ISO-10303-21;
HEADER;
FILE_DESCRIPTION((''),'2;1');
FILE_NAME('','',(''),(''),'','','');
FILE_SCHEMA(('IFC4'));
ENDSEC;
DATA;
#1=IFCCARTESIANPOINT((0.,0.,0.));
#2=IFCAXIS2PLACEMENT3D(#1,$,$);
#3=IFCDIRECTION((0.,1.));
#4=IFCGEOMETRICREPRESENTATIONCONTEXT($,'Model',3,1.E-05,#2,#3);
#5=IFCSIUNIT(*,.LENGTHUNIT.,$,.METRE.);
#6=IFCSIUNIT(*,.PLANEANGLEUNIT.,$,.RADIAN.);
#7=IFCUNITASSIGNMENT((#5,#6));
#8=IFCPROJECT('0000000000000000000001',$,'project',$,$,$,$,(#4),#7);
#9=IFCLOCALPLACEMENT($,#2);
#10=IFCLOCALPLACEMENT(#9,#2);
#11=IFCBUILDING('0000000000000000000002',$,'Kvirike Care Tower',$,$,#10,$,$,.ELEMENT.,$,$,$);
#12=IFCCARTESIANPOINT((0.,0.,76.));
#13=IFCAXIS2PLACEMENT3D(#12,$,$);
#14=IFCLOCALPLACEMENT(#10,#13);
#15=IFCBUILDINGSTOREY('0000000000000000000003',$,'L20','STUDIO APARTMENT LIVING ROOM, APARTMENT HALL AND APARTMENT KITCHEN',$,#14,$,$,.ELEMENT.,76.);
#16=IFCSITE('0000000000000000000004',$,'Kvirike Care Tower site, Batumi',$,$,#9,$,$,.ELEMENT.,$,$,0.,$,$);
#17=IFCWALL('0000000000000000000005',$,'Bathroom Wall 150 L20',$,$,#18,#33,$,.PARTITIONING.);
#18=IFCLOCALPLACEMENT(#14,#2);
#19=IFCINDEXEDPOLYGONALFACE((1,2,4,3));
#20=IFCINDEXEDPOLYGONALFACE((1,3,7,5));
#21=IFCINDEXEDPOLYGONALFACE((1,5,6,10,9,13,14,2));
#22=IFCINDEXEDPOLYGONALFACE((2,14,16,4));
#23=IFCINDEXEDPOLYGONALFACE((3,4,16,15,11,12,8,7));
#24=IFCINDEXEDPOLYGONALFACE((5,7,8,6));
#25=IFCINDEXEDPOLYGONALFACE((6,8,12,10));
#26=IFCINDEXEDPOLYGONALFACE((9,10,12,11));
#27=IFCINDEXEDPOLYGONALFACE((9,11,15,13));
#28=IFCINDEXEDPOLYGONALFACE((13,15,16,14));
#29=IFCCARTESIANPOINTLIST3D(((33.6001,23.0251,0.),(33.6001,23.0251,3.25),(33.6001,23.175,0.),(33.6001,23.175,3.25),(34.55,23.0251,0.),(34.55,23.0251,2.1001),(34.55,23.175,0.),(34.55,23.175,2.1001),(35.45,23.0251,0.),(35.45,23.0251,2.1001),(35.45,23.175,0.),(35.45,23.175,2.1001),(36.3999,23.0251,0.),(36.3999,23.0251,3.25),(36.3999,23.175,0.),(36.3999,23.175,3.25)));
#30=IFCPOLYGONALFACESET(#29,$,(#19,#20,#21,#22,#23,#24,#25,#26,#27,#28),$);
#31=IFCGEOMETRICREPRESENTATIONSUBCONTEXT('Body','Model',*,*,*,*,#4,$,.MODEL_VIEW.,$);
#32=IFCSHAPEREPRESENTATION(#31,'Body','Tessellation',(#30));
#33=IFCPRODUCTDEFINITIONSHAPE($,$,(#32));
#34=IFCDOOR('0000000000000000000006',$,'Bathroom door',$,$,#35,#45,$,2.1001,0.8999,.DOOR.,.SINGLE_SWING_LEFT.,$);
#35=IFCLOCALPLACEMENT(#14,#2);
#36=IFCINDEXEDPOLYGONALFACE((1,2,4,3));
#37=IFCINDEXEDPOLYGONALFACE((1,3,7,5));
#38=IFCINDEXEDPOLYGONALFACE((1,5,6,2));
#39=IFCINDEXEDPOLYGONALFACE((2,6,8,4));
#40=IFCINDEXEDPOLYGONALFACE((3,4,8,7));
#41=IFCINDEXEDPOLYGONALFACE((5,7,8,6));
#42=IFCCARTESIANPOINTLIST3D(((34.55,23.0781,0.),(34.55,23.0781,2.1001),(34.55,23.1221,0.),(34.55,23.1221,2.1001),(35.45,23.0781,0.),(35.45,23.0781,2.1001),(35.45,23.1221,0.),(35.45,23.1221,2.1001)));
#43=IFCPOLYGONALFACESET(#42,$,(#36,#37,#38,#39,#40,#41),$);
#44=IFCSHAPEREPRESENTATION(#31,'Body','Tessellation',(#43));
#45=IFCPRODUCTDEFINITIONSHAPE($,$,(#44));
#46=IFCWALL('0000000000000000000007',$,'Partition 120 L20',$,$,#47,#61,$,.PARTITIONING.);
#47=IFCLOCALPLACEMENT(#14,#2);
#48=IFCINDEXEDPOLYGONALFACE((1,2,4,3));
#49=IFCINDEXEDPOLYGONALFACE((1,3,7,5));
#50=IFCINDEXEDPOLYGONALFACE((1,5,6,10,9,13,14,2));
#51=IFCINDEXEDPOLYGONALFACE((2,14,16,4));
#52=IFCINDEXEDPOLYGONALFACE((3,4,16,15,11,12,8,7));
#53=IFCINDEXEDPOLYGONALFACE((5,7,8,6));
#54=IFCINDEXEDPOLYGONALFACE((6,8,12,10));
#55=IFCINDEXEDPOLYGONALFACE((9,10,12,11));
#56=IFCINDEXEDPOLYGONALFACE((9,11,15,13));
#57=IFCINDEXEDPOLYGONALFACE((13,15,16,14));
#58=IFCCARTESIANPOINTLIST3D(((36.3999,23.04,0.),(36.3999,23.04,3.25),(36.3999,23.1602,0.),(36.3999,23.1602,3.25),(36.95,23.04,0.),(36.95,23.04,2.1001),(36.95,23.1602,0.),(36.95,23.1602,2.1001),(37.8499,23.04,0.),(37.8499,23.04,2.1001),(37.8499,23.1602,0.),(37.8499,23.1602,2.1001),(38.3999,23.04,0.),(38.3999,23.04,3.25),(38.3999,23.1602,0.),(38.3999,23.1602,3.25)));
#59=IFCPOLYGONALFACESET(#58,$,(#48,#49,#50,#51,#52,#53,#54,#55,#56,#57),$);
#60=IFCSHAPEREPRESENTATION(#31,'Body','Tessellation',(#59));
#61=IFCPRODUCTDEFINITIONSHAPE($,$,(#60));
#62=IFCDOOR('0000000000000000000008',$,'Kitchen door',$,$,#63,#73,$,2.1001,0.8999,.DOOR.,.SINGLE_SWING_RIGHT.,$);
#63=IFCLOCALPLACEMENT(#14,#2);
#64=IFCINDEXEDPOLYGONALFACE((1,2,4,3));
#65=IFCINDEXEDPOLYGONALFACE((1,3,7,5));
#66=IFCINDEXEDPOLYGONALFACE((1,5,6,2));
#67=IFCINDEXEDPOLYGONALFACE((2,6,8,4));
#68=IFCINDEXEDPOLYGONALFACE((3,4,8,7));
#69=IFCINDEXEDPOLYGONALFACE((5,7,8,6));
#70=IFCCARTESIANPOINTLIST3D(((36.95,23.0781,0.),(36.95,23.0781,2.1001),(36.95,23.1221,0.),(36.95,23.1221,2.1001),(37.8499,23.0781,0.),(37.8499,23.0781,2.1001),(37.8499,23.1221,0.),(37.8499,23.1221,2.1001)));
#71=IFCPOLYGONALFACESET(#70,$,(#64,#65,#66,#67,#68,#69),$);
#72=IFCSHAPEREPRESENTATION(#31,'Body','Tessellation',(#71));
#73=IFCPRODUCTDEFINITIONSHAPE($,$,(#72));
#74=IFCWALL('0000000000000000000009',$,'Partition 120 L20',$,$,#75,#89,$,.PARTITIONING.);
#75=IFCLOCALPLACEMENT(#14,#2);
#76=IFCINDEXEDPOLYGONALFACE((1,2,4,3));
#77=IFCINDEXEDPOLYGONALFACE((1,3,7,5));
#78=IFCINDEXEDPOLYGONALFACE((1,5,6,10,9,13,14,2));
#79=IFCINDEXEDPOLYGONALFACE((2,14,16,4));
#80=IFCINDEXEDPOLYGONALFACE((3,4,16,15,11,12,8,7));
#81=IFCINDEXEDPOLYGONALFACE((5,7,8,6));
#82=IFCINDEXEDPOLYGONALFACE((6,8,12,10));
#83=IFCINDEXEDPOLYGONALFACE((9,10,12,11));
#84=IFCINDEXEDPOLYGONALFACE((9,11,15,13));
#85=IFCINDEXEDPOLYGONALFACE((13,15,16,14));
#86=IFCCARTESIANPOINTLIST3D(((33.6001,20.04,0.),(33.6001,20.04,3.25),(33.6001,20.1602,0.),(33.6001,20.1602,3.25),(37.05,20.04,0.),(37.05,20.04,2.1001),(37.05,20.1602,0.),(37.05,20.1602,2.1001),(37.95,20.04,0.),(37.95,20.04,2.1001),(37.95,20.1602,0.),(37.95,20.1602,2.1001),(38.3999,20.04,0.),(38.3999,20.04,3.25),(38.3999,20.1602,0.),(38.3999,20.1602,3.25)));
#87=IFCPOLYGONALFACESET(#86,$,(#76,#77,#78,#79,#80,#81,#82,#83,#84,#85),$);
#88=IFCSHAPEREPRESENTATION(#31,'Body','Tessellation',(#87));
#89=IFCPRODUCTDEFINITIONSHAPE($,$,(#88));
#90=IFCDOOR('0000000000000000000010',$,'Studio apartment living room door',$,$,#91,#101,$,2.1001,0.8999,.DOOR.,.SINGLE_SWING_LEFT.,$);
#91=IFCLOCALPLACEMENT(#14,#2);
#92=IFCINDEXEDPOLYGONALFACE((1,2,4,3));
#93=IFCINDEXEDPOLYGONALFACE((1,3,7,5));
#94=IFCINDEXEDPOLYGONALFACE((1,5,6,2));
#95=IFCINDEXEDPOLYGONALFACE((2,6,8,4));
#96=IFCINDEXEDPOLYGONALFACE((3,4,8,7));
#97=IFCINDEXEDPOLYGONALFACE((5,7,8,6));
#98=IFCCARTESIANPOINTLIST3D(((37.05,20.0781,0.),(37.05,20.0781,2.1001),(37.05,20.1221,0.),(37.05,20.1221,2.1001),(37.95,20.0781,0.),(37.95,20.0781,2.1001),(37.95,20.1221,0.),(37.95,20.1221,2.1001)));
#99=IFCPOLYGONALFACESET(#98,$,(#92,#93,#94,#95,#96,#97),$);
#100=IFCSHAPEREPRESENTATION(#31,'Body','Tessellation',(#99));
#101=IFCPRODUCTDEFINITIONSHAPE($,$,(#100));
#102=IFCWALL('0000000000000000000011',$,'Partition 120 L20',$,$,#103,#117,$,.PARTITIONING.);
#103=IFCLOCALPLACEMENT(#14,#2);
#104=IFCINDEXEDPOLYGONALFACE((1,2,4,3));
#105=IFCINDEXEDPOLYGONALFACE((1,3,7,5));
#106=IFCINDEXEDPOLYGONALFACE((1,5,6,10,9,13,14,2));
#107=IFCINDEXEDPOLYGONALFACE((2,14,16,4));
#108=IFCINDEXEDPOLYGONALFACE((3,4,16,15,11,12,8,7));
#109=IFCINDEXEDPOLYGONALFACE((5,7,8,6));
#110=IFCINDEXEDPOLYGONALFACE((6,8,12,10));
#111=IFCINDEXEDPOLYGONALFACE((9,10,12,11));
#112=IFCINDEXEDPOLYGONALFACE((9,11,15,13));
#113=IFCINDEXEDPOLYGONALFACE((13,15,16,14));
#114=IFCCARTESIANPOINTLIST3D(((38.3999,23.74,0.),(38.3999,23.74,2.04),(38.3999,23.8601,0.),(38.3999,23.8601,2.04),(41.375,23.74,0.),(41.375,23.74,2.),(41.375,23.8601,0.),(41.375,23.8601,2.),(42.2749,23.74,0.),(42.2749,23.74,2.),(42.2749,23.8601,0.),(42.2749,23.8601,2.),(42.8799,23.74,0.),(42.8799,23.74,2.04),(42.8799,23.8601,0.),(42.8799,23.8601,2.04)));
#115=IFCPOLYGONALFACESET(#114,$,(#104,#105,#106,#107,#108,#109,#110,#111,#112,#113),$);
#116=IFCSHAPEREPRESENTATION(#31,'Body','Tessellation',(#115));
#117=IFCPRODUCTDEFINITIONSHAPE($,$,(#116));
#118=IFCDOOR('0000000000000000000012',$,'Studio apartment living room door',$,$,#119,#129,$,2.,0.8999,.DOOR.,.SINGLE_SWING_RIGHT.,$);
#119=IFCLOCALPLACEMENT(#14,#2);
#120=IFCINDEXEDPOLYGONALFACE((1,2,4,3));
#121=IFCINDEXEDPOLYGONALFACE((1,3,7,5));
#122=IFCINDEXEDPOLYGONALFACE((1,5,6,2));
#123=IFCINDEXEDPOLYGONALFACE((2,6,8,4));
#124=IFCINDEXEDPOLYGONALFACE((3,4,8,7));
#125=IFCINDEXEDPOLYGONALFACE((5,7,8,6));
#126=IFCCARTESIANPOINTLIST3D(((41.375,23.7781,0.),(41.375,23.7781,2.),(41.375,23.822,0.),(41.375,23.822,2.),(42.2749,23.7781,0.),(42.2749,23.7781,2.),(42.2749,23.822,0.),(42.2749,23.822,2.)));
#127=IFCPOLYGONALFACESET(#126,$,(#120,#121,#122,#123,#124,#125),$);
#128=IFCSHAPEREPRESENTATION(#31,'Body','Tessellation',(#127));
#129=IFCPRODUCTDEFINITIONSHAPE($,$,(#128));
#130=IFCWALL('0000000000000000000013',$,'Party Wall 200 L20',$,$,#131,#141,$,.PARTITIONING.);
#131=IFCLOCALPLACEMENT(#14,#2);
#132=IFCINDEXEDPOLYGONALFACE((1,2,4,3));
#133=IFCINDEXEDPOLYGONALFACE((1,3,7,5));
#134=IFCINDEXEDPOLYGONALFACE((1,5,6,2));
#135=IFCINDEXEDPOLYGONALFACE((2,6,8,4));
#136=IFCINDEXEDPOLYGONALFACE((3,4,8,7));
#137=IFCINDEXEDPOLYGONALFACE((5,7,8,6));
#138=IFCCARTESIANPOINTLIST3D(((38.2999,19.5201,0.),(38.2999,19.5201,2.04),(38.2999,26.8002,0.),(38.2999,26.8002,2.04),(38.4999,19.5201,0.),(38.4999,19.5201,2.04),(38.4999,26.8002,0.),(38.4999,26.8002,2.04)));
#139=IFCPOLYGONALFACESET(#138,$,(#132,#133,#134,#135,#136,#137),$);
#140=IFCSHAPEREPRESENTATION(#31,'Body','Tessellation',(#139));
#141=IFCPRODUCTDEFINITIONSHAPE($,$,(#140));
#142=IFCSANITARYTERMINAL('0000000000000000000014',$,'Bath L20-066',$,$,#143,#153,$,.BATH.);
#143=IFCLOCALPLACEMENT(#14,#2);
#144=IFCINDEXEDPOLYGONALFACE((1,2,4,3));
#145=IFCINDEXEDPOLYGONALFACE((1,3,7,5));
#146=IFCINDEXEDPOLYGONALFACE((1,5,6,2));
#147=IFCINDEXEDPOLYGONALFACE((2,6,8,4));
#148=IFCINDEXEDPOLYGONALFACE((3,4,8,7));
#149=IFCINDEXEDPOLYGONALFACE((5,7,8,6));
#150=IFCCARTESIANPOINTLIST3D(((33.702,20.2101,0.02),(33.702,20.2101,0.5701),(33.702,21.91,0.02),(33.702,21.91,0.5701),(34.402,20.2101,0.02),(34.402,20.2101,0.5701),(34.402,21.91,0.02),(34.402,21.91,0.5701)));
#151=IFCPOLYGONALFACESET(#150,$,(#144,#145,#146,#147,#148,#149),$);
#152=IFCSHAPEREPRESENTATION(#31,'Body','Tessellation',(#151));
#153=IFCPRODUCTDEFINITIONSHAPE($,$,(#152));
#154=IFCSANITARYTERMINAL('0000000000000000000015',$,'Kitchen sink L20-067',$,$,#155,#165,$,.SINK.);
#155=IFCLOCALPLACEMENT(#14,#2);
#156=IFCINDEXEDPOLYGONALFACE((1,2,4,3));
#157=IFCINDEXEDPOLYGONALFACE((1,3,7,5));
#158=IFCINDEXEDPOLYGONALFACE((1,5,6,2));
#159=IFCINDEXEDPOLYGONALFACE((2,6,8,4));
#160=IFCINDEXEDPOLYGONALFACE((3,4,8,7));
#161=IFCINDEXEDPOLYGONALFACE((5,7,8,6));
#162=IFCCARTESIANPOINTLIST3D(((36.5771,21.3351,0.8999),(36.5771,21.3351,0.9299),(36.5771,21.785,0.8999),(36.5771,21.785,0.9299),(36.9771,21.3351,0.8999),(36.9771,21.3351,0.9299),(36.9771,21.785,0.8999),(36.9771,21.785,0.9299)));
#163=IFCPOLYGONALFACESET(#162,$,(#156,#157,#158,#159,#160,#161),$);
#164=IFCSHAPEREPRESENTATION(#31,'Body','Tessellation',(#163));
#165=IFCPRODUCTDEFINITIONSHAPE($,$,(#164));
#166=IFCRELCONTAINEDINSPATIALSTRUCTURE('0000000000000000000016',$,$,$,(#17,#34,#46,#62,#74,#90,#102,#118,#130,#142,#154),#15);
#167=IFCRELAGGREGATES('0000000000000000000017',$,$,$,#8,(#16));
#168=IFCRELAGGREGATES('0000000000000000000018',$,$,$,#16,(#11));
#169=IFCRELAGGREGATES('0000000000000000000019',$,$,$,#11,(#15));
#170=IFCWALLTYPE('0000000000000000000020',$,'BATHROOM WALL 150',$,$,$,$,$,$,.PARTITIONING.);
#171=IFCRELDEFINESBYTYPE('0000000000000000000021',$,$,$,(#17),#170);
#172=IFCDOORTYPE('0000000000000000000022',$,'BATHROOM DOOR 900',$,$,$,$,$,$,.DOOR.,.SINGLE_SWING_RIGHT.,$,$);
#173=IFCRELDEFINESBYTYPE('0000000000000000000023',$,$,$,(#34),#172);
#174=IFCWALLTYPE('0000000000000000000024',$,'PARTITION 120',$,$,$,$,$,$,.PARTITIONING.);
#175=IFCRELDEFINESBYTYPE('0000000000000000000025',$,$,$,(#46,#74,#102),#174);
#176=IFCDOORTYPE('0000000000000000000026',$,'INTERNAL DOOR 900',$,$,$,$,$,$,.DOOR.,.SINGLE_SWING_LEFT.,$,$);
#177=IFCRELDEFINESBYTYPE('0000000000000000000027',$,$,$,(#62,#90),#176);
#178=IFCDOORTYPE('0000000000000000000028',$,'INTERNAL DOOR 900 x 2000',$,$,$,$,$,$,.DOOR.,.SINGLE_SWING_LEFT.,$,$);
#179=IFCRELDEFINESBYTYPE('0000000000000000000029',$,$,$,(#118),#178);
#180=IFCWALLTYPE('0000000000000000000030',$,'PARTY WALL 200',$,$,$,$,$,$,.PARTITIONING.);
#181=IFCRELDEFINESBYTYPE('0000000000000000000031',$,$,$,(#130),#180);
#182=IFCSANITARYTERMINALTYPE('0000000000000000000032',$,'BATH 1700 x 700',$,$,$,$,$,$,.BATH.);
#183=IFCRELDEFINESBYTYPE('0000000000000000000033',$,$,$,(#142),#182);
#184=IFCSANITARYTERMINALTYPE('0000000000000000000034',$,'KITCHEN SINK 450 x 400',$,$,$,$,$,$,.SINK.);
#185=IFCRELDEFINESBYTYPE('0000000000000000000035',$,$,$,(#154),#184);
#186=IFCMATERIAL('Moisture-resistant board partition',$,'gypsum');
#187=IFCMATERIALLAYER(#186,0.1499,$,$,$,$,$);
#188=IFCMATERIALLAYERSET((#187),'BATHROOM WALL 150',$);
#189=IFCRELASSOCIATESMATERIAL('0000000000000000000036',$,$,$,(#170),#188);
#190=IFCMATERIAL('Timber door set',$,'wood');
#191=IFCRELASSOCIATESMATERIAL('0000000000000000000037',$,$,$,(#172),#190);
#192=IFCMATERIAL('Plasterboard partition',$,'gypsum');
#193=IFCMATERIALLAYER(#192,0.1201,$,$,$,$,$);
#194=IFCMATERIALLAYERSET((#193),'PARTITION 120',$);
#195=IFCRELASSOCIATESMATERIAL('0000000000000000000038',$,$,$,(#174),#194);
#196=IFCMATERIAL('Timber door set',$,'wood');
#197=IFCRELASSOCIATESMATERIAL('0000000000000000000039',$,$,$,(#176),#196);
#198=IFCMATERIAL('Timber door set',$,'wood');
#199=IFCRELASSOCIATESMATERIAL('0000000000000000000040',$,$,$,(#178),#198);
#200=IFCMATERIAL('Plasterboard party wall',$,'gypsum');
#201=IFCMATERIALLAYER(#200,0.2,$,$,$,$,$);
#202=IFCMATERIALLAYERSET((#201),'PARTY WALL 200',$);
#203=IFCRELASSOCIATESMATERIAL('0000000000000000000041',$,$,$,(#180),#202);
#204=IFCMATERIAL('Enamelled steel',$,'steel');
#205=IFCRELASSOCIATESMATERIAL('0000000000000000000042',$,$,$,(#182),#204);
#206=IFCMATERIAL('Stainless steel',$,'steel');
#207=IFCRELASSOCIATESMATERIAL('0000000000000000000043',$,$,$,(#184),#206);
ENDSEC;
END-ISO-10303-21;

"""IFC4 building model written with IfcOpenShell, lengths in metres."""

from ifc_helpers import new_model, si_unit, direction, frame, frame_2d, origin, origin_2d, place, context, subcontext, project, spatial, rectangle, extrude, material, layer, layer_set, type_object, element, fill, save


model = new_model("IFC4")

# Units and contexts
model_context = context("Model", 3, precision=1e-05, world=origin(), true_north=direction((0.0, 1.0)))
body_context = subcontext(model_context, "Body", "Model", "MODEL_VIEW")
ifc_project = project(units=[si_unit("LENGTHUNIT", "METRE"), si_unit("PLANEANGLEUNIT", "RADIAN")], contexts=[model_context])

# Site, building, storey
site_placement = place(None, origin())
site = spatial("IfcSite", under=ifc_project, at=site_placement, Name="Kvirike Care Tower site, Batumi", CompositionType="ELEMENT", RefElevation=0.0)
building_placement = place(site_placement, origin())
building = spatial("IfcBuilding", under=site, at=building_placement, Name="Kvirike Care Tower", CompositionType="ELEMENT")
storey_placement = place(building_placement, frame((0.0, 0.0, 76.0)))
storey = spatial("IfcBuildingStorey", under=building, at=storey_placement, Name="L20", Description="STUDIO APARTMENT LIVING ROOM, APARTMENT HALL AND APARTMENT KITCHEN", CompositionType="ELEMENT", Elevation=76.0)

# Shared definitions
ifc_material_1 = material(Name="Moisture-resistant board partition", Category="gypsum")
ifc_layer_1 = layer(ifc_material_1, 0.1499)
ifc_layer_set_1 = layer_set([ifc_layer_1], Name="BATHROOM WALL 150")
wall_type_1 = type_object("IfcWallType", Name="BATHROOM WALL 150", PredefinedType="PARTITIONING", material=ifc_layer_set_1)

# Walls, openings, doors
wall_1_placement = place(storey_placement, frame((33.6001, 23.1001, 0.0), z_axis=(0.0, 0.0, 1.0), x_axis=(1.0, 0.0, 0.0)))
wall_1 = element("IfcWall", 1, at=wall_1_placement, inside=storey, type_object=wall_type_1, Name="Bathroom Wall 150 L20", PredefinedType="PARTITIONING", context=body_context, shape_type="SweptSolid", body=[
    extrude(rectangle(XDim=2.7998, YDim=0.1499, at=frame_2d((1.3999, 0.0))), origin(), (0.0, 0.0, 1.0), 3.25),
])
opening_1_placement = place(wall_1_placement, frame((0.95, 0.0, 0.0)))
opening_1 = element("IfcOpeningElement", 2, at=opening_1_placement, cuts=wall_1, PredefinedType="OPENING", context=body_context, shape_type="SweptSolid", body=[
    extrude(rectangle(XDim=0.8999, YDim=2.1001, at=frame_2d((0.45, 1.05))), frame((0.0, 0.0854, 0.0), z_axis=(0.0, -1.0, 0.0), x_axis=(1.0, 0.0, 0.0)), (0.0, 0.0, 1.0), 0.1709),
])
ifc_material_2 = material(Name="Timber door set", Category="wood")
door_type_1 = type_object("IfcDoorType", Name="BATHROOM DOOR 900", OperationType="SINGLE_SWING_RIGHT", PredefinedType="DOOR", material=ifc_material_2)
door_1_placement = place(opening_1_placement, frame((0.8999, 0.0, 0.0), z_axis=(0.0, 0.0, 1.0), x_axis=(-1.0, 0.0, 0.0)))
door_1 = element("IfcDoor", 3, at=door_1_placement, inside=storey, type_object=door_type_1, Name="Bathroom door", OperationType="SINGLE_SWING_LEFT", OverallHeight=2.1001, OverallWidth=0.8999, PredefinedType="DOOR", context=body_context, shape_type="SweptSolid", body=[
    extrude(rectangle(XDim=0.8999, YDim=2.1001, at=frame_2d((0.45, 1.05))), frame((0.0, 0.022, 0.0), z_axis=(0.0, -1.0, 0.0), x_axis=(1.0, 0.0, 0.0)), (0.0, 0.0, 1.0), 0.0439),
])
fill(opening_1, door_1)
ifc_material_3 = material(Name="Plasterboard partition", Category="gypsum")
ifc_layer_2 = layer(ifc_material_3, 0.1201)
ifc_layer_set_2 = layer_set([ifc_layer_2], Name="PARTITION 120")
wall_type_2 = type_object("IfcWallType", Name="PARTITION 120", PredefinedType="PARTITIONING", material=ifc_layer_set_2)
wall_2_placement = place(storey_placement, frame((36.3999, 23.1001, 0.0), z_axis=(0.0, 0.0, 1.0), x_axis=(1.0, 0.0, 0.0)))
wall_2 = element("IfcWall", 4, at=wall_2_placement, inside=storey, type_object=wall_type_2, Name="Partition 120 L20", PredefinedType="PARTITIONING", context=body_context, shape_type="SweptSolid", body=[
    extrude(rectangle(XDim=2.0, YDim=0.1201, at=frame_2d((1.0, 0.0))), origin(), (0.0, 0.0, 1.0), 3.25),
])
opening_2_placement = place(wall_2_placement, frame((0.55, 0.0, 0.0)))
opening_2 = element("IfcOpeningElement", 5, at=opening_2_placement, cuts=wall_2, PredefinedType="OPENING", context=body_context, shape_type="SweptSolid", body=[
    extrude(rectangle(XDim=0.8999, YDim=2.1001, at=frame_2d((0.45, 1.05))), frame((0.0, 0.0706, 0.0), z_axis=(0.0, -1.0, 0.0), x_axis=(1.0, 0.0, 0.0)), (0.0, 0.0, 1.0), 0.1411),
])
ifc_material_4 = material(Name="Timber door set", Category="wood")
door_type_2 = type_object("IfcDoorType", Name="INTERNAL DOOR 900", OperationType="SINGLE_SWING_LEFT", PredefinedType="DOOR", material=ifc_material_4)
door_2_placement = place(opening_2_placement, frame((0.8999, 0.0, 0.0), z_axis=(0.0, 0.0, 1.0), x_axis=(-1.0, 0.0, 0.0)))
door_2 = element("IfcDoor", 6, at=door_2_placement, inside=storey, type_object=door_type_2, Name="Kitchen door", OperationType="SINGLE_SWING_RIGHT", OverallHeight=2.1001, OverallWidth=0.8999, PredefinedType="DOOR", context=body_context, shape_type="SweptSolid", body=[
    extrude(rectangle(XDim=0.8999, YDim=2.1001, at=frame_2d((0.45, 1.05))), frame((0.0, 0.022, 0.0), z_axis=(0.0, -1.0, 0.0), x_axis=(1.0, 0.0, 0.0)), (0.0, 0.0, 1.0), 0.0439),
])
fill(opening_2, door_2)
wall_3_placement = place(storey_placement, frame((33.6001, 20.1001, 0.0), z_axis=(0.0, 0.0, 1.0), x_axis=(1.0, 0.0, 0.0)))
wall_3 = element("IfcWall", 7, at=wall_3_placement, inside=storey, type_object=wall_type_2, Name="Partition 120 L20", PredefinedType="PARTITIONING", context=body_context, shape_type="SweptSolid", body=[
    extrude(rectangle(XDim=4.7998, YDim=0.1201, at=frame_2d((2.3999, 0.0))), origin(), (0.0, 0.0, 1.0), 3.25),
])
opening_3_placement = place(wall_3_placement, frame((3.45, 0.0, 0.0)))
opening_3 = element("IfcOpeningElement", 8, at=opening_3_placement, cuts=wall_3, PredefinedType="OPENING", context=body_context, shape_type="SweptSolid", body=[
    extrude(rectangle(XDim=0.8999, YDim=2.1001, at=frame_2d((0.45, 1.05))), frame((0.0, 0.0706, 0.0), z_axis=(0.0, -1.0, 0.0), x_axis=(1.0, 0.0, 0.0)), (0.0, 0.0, 1.0), 0.1411),
])
door_3_placement = place(opening_3_placement, origin())
door_3 = element("IfcDoor", 9, at=door_3_placement, inside=storey, type_object=door_type_2, Name="Studio apartment living room door", OperationType="SINGLE_SWING_LEFT", OverallHeight=2.1001, OverallWidth=0.8999, PredefinedType="DOOR", context=body_context, shape_type="SweptSolid", body=[
    extrude(rectangle(XDim=0.8999, YDim=2.1001, at=frame_2d((0.45, 1.05))), frame((0.0, 0.022, 0.0), z_axis=(0.0, -1.0, 0.0), x_axis=(1.0, 0.0, 0.0)), (0.0, 0.0, 1.0), 0.0439),
])
fill(opening_3, door_3)
wall_4_placement = place(storey_placement, frame((38.3999, 23.8, 0.0), z_axis=(0.0, 0.0, 1.0), x_axis=(1.0, 0.0, 0.0)))
wall_4 = element("IfcWall", 10, at=wall_4_placement, inside=storey, type_object=wall_type_2, Name="Partition 120 L20", PredefinedType="PARTITIONING", context=body_context, shape_type="SweptSolid", body=[
    extrude(rectangle(XDim=4.48, YDim=0.1201, at=frame_2d((2.24, 0.0))), origin(), (0.0, 0.0, 1.0), 2.04),
])
opening_4_placement = place(wall_4_placement, frame((2.9751, 0.0, 0.0)))
opening_4 = element("IfcOpeningElement", 11, at=opening_4_placement, cuts=wall_4, PredefinedType="OPENING", context=body_context, shape_type="SweptSolid", body=[
    extrude(rectangle(XDim=0.8999, YDim=2.0, at=frame_2d((0.45, 1.0))), frame((0.0, 0.0706, 0.0), z_axis=(0.0, -1.0, 0.0), x_axis=(1.0, 0.0, 0.0)), (0.0, 0.0, 1.0), 0.1411),
])
ifc_material_5 = material(Name="Timber door set", Category="wood")
door_type_3 = type_object("IfcDoorType", Name="INTERNAL DOOR 900 x 2000", OperationType="SINGLE_SWING_LEFT", PredefinedType="DOOR", material=ifc_material_5)
door_4_placement = place(opening_4_placement, origin())
door_4 = element("IfcDoor", 12, at=door_4_placement, inside=storey, type_object=door_type_3, Name="Studio apartment living room door", OperationType="SINGLE_SWING_RIGHT", OverallHeight=2.0, OverallWidth=0.8999, PredefinedType="DOOR", context=body_context, shape_type="SweptSolid", body=[
    extrude(rectangle(XDim=0.8999, YDim=2.0, at=frame_2d((0.45, 1.0))), frame((0.0, 0.022, 0.0), z_axis=(0.0, -1.0, 0.0), x_axis=(1.0, 0.0, 0.0)), (0.0, 0.0, 1.0), 0.0439),
])
fill(opening_4, door_4)

# Wall
ifc_material_6 = material(Name="Plasterboard party wall", Category="gypsum")
ifc_layer_3 = layer(ifc_material_6, 0.2)
ifc_layer_set_3 = layer_set([ifc_layer_3], Name="PARTY WALL 200")
wall_type_3 = type_object("IfcWallType", Name="PARTY WALL 200", PredefinedType="PARTITIONING", material=ifc_layer_set_3)
wall_5_placement = place(storey_placement, frame((38.3999, 19.52, 0.0), z_axis=(0.0, 0.0, 1.0), x_axis=(0.0, 1.0, 0.0)))
element("IfcWall", 13, at=wall_5_placement, inside=storey, type_object=wall_type_3, Name="Party Wall 200 L20", PredefinedType="PARTITIONING", context=body_context, shape_type="SweptSolid", body=[
    extrude(rectangle(XDim=7.28, YDim=0.2, at=frame_2d((3.6401, 0.0))), origin(), (0.0, 0.0, 1.0), 2.04),
])

# Sanitary terminals
ifc_material_7 = material(Name="Enamelled steel", Category="steel")
sanitary_terminal_type_1 = type_object("IfcSanitaryTerminalType", Name="BATH 1700 x 700", PredefinedType="BATH", material=ifc_material_7)
sanitary_terminal_1_placement = place(storey_placement, frame((34.052, 21.0601, 0.02), z_axis=(0.0, 0.0, 1.0), x_axis=(0.0, 1.0, 0.0)))
element("IfcSanitaryTerminal", 14, at=sanitary_terminal_1_placement, inside=storey, type_object=sanitary_terminal_type_1, Name="Bath L20-066", PredefinedType="BATH", context=body_context, shape_type="SweptSolid", body=[
    extrude(rectangle(XDim=1.7, YDim=0.7, at=origin_2d()), origin(), (0.0, 0.0, 1.0), 0.55),
])
ifc_material_8 = material(Name="Stainless steel", Category="steel")
sanitary_terminal_type_2 = type_object("IfcSanitaryTerminalType", Name="KITCHEN SINK 450 x 400", PredefinedType="SINK", material=ifc_material_8)
sanitary_terminal_2_placement = place(storey_placement, frame((36.7771, 21.5601, 0.8999), z_axis=(0.0, 0.0, 1.0), x_axis=(0.0, 1.0, 0.0)))
element("IfcSanitaryTerminal", 15, at=sanitary_terminal_2_placement, inside=storey, type_object=sanitary_terminal_type_2, Name="Kitchen sink L20-067", PredefinedType="SINK", context=body_context, shape_type="SweptSolid", body=[
    extrude(rectangle(XDim=0.45, YDim=0.3999, at=origin_2d()), origin(), (0.0, 0.0, 1.0), 0.03),
])

save(model, "model.ifc")
